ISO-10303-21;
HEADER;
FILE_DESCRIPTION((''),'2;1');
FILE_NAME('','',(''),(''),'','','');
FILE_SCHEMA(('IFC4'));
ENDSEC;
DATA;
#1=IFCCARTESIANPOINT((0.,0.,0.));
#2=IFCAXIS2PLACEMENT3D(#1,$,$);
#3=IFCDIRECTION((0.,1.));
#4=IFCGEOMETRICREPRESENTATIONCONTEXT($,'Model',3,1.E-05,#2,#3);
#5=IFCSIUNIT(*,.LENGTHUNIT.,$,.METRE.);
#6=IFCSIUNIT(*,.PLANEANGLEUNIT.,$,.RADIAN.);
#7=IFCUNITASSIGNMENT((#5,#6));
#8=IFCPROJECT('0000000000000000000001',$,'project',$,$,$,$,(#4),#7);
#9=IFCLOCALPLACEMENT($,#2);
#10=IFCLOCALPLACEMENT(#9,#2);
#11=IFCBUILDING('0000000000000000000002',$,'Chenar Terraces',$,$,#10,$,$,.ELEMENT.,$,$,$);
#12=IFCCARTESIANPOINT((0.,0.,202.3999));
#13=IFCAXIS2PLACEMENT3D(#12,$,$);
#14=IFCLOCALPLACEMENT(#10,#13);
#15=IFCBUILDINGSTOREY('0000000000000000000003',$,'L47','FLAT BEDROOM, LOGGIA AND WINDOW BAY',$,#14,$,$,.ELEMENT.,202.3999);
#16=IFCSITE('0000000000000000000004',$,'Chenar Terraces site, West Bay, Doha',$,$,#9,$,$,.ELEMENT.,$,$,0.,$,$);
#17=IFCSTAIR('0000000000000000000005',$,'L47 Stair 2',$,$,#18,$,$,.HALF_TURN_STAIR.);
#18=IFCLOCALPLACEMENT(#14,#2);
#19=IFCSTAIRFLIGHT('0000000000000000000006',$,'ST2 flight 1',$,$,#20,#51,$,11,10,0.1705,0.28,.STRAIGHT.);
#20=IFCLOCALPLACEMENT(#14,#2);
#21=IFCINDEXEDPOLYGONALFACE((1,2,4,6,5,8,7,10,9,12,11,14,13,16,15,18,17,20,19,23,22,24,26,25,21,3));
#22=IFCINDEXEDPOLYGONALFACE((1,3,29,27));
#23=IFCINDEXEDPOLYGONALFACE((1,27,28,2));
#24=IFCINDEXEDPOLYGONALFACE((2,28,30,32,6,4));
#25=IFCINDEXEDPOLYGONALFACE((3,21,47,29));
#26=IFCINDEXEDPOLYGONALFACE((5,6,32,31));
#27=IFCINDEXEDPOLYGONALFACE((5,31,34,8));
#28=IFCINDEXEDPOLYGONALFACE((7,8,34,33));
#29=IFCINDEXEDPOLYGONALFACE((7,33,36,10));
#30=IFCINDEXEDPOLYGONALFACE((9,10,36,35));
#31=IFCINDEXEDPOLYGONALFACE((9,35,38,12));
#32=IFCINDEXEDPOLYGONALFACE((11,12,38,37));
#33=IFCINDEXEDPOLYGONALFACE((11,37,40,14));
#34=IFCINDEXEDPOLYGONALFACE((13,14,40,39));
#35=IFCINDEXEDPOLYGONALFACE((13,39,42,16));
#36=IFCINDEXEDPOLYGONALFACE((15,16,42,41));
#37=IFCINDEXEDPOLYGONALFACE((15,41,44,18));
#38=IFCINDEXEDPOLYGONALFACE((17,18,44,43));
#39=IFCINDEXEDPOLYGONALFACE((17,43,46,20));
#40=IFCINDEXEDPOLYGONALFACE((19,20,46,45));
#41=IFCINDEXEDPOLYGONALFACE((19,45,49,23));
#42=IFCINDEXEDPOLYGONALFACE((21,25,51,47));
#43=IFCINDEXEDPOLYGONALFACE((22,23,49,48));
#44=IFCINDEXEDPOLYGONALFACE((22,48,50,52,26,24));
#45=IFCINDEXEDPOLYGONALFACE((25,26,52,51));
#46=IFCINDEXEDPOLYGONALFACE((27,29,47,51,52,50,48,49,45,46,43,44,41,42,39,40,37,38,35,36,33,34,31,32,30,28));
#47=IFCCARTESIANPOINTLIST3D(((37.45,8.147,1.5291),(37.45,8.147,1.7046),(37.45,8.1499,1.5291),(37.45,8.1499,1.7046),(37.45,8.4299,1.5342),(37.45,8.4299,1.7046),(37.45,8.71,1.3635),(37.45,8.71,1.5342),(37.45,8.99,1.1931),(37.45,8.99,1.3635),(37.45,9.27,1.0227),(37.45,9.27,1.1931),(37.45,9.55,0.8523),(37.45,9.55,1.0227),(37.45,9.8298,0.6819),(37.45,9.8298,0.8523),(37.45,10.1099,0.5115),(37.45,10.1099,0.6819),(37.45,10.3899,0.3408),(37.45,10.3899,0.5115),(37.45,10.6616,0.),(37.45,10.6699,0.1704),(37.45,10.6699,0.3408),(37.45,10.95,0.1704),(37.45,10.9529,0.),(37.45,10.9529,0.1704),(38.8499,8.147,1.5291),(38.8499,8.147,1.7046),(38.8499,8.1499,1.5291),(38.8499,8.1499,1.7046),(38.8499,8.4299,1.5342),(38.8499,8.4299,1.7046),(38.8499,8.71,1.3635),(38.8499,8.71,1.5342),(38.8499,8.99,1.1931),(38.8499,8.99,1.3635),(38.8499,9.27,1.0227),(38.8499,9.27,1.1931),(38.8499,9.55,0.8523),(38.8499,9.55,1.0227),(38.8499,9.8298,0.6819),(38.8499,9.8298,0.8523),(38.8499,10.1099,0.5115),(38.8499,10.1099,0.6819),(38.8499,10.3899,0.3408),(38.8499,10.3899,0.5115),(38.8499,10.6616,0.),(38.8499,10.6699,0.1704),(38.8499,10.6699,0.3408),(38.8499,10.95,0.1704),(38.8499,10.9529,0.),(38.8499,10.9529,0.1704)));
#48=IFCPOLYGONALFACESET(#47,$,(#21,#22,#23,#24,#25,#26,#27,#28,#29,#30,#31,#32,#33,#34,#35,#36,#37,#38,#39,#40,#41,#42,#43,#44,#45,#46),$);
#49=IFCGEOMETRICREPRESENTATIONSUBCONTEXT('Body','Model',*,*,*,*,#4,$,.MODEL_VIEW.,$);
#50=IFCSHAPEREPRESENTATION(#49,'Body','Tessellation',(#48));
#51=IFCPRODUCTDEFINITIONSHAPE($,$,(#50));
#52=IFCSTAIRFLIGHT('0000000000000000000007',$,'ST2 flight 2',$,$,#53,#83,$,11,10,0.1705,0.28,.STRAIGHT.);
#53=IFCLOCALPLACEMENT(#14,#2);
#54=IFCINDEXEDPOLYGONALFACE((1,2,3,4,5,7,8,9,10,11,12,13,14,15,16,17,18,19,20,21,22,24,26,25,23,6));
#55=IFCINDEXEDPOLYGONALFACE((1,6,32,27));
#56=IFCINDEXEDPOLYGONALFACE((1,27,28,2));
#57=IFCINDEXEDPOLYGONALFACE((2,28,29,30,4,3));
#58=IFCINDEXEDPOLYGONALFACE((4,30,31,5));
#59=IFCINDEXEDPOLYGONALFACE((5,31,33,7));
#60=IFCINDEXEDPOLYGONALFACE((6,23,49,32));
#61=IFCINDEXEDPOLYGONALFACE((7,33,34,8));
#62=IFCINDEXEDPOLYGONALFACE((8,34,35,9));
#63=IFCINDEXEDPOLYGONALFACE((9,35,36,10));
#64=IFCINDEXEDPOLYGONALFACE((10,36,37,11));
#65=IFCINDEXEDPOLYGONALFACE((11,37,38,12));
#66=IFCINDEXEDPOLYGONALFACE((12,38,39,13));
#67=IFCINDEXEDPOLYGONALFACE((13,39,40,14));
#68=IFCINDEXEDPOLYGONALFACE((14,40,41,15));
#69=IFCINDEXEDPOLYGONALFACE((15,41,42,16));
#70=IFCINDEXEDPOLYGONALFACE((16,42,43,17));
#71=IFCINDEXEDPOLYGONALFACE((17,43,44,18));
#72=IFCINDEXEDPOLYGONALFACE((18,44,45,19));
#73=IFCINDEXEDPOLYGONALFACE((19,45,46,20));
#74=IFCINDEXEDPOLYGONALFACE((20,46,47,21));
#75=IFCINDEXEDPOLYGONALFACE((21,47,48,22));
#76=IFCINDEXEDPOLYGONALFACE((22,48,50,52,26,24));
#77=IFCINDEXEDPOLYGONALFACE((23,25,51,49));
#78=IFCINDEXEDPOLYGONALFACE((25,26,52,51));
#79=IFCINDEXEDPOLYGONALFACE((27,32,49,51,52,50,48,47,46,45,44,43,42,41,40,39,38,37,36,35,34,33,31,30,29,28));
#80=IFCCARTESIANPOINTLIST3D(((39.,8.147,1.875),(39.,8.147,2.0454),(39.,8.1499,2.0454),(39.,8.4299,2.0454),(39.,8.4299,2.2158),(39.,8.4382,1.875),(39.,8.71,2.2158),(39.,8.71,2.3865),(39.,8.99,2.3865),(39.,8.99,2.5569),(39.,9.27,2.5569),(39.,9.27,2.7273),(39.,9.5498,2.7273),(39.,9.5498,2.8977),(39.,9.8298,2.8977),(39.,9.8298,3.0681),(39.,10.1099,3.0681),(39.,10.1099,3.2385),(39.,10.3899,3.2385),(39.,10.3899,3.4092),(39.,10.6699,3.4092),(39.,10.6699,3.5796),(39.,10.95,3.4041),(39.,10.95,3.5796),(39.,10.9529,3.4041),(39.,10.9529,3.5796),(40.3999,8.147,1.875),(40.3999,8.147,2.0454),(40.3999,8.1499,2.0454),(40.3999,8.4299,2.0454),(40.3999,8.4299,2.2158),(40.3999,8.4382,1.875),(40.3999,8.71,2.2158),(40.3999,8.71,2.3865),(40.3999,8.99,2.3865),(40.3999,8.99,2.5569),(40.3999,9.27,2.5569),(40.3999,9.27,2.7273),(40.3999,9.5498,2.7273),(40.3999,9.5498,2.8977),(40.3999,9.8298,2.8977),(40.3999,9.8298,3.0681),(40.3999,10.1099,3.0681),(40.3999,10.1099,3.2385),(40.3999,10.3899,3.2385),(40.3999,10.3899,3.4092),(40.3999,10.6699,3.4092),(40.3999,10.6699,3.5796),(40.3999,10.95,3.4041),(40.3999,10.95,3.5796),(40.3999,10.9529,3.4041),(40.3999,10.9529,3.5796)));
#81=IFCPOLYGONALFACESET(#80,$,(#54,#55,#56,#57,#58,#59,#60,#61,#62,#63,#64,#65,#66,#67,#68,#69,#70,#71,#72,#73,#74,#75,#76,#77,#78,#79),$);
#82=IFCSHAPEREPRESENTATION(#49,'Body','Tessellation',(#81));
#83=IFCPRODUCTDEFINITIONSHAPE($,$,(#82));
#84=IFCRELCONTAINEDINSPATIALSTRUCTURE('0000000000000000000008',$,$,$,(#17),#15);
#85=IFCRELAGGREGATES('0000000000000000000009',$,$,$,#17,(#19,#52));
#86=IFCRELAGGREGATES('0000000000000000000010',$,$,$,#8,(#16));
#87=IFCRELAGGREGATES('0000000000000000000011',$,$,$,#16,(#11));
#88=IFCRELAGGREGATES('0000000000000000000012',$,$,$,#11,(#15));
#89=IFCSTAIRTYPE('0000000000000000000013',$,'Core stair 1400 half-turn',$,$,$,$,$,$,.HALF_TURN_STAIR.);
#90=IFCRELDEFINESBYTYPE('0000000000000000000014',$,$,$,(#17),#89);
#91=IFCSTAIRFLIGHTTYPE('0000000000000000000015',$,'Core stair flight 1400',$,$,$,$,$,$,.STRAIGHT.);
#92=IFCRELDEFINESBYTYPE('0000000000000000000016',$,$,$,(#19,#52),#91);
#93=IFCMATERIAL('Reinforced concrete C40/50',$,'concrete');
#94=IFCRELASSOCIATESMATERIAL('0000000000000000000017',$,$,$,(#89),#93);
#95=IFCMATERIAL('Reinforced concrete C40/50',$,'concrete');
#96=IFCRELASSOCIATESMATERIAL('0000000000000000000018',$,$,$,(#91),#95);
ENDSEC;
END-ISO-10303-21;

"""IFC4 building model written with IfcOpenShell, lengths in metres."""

from ifc_helpers import new_model, si_unit, direction, frame, origin, place, context, subcontext, project, spatial, polyline, outline, extrude, material, type_object, element, aggregate, save


model = new_model("IFC4")

# Units and contexts
model_context = context("Model", 3, precision=1e-05, world=origin(), true_north=direction((0.0, 1.0)))
body_context = subcontext(model_context, "Body", "Model", "MODEL_VIEW")
ifc_project = project(units=[si_unit("LENGTHUNIT", "METRE"), si_unit("PLANEANGLEUNIT", "RADIAN")], contexts=[model_context])

# Site, building, storey
site_placement = place(None, origin())
site = spatial("IfcSite", under=ifc_project, at=site_placement, Name="Chenar Terraces site, West Bay, Doha", CompositionType="ELEMENT", RefElevation=0.0)
building_placement = place(site_placement, origin())
building = spatial("IfcBuilding", under=site, at=building_placement, Name="Chenar Terraces", CompositionType="ELEMENT")
storey_placement = place(building_placement, frame((0.0, 0.0, 202.3999)))
storey = spatial("IfcBuildingStorey", under=building, at=storey_placement, Name="L47", Description="FLAT BEDROOM, LOGGIA AND WINDOW BAY", CompositionType="ELEMENT", Elevation=202.3999)

# Stair, stair flights
ifc_material_1 = material(Name="Reinforced concrete C40/50", Category="concrete")
stair_type = type_object("IfcStairType", Name="Core stair 1400 half-turn", PredefinedType="HALF_TURN_STAIR", material=ifc_material_1)
stair_placement = place(storey_placement, origin())
stair = element("IfcStair", 1, at=stair_placement, inside=storey, type_object=stair_type, Name="L47 Stair 2", PredefinedType="HALF_TURN_STAIR")
ifc_material_2 = material(Name="Reinforced concrete C40/50", Category="concrete")
stair_flight_type = type_object("IfcStairFlightType", Name="Core stair flight 1400", PredefinedType="STRAIGHT", material=ifc_material_2)
stair_flight_1_placement = place(storey_placement, frame((38.1499, 10.95, 0.0), z_axis=(0.0, 0.0, 1.0), x_axis=(0.0, -1.0, 0.0)))
stair_flight_1 = element("IfcStairFlight", 2, at=stair_flight_1_placement, type_object=stair_flight_type, Name="ST2 flight 1", NumberOfRisers=11, NumberOfTreads=10, PredefinedType="STRAIGHT", RiserHeight=0.1705, TreadLength=0.28, context=body_context, shape_type="SweptSolid", body=[
    extrude(outline(polyline([(-0.0029, 0.0), (-0.0029, 0.1704), (0.0, 0.1704), (0.28, 0.1704), (0.28, 0.3408), (0.5601, 0.3408), (0.5601, 0.5115), (0.8401, 0.5115), (0.8401, 0.6819), (1.1201, 0.6819), (1.1201, 0.8523), (1.3999, 0.8523), (1.3999, 1.0227), (1.6799, 1.0227), (1.6799, 1.1931), (1.96, 1.1931), (1.96, 1.3635), (2.24, 1.3635), (2.24, 1.5342), (2.52, 1.5342), (2.52, 1.7046), (2.8, 1.7046), (2.803, 1.7046), (2.803, 1.5291), (2.8, 1.5291), (0.2883, 0.0), (-0.0029, 0.0)])), frame((0.0, 0.7, 0.0), z_axis=(0.0, -1.0, 0.0), x_axis=(1.0, 0.0, 0.0)), (0.0, 0.0, 1.0), 1.3999),
])
stair_flight_2_placement = place(storey_placement, frame((39.7, 8.1499, 1.875), z_axis=(0.0, 0.0, 1.0), x_axis=(0.0, 1.0, 0.0)))
stair_flight_2 = element("IfcStairFlight", 3, at=stair_flight_2_placement, type_object=stair_flight_type, Name="ST2 flight 2", NumberOfRisers=11, NumberOfTreads=10, PredefinedType="STRAIGHT", RiserHeight=0.1705, TreadLength=0.28, context=body_context, shape_type="SweptSolid", body=[
    extrude(outline(polyline([(-0.0029, 0.0), (-0.0029, 0.1704), (0.0, 0.1704), (0.28, 0.1704), (0.28, 0.3408), (0.5601, 0.3408), (0.5601, 0.5115), (0.8401, 0.5115), (0.8401, 0.6819), (1.1201, 0.6819), (1.1201, 0.8523), (1.3999, 0.8523), (1.3999, 1.0227), (1.6799, 1.0227), (1.6799, 1.1931), (1.96, 1.1931), (1.96, 1.3635), (2.24, 1.3635), (2.24, 1.5342), (2.52, 1.5342), (2.52, 1.7046), (2.8, 1.7046), (2.803, 1.7046), (2.803, 1.5291), (2.8, 1.5291), (0.2883, 0.0), (-0.0029, 0.0)])), frame((0.0, 0.7, 0.0), z_axis=(0.0, -1.0, 0.0), x_axis=(1.0, 0.0, 0.0)), (0.0, 0.0, 1.0), 1.3999),
])
aggregate(stair, [stair_flight_1, stair_flight_2])

save(model, "model.ifc")
